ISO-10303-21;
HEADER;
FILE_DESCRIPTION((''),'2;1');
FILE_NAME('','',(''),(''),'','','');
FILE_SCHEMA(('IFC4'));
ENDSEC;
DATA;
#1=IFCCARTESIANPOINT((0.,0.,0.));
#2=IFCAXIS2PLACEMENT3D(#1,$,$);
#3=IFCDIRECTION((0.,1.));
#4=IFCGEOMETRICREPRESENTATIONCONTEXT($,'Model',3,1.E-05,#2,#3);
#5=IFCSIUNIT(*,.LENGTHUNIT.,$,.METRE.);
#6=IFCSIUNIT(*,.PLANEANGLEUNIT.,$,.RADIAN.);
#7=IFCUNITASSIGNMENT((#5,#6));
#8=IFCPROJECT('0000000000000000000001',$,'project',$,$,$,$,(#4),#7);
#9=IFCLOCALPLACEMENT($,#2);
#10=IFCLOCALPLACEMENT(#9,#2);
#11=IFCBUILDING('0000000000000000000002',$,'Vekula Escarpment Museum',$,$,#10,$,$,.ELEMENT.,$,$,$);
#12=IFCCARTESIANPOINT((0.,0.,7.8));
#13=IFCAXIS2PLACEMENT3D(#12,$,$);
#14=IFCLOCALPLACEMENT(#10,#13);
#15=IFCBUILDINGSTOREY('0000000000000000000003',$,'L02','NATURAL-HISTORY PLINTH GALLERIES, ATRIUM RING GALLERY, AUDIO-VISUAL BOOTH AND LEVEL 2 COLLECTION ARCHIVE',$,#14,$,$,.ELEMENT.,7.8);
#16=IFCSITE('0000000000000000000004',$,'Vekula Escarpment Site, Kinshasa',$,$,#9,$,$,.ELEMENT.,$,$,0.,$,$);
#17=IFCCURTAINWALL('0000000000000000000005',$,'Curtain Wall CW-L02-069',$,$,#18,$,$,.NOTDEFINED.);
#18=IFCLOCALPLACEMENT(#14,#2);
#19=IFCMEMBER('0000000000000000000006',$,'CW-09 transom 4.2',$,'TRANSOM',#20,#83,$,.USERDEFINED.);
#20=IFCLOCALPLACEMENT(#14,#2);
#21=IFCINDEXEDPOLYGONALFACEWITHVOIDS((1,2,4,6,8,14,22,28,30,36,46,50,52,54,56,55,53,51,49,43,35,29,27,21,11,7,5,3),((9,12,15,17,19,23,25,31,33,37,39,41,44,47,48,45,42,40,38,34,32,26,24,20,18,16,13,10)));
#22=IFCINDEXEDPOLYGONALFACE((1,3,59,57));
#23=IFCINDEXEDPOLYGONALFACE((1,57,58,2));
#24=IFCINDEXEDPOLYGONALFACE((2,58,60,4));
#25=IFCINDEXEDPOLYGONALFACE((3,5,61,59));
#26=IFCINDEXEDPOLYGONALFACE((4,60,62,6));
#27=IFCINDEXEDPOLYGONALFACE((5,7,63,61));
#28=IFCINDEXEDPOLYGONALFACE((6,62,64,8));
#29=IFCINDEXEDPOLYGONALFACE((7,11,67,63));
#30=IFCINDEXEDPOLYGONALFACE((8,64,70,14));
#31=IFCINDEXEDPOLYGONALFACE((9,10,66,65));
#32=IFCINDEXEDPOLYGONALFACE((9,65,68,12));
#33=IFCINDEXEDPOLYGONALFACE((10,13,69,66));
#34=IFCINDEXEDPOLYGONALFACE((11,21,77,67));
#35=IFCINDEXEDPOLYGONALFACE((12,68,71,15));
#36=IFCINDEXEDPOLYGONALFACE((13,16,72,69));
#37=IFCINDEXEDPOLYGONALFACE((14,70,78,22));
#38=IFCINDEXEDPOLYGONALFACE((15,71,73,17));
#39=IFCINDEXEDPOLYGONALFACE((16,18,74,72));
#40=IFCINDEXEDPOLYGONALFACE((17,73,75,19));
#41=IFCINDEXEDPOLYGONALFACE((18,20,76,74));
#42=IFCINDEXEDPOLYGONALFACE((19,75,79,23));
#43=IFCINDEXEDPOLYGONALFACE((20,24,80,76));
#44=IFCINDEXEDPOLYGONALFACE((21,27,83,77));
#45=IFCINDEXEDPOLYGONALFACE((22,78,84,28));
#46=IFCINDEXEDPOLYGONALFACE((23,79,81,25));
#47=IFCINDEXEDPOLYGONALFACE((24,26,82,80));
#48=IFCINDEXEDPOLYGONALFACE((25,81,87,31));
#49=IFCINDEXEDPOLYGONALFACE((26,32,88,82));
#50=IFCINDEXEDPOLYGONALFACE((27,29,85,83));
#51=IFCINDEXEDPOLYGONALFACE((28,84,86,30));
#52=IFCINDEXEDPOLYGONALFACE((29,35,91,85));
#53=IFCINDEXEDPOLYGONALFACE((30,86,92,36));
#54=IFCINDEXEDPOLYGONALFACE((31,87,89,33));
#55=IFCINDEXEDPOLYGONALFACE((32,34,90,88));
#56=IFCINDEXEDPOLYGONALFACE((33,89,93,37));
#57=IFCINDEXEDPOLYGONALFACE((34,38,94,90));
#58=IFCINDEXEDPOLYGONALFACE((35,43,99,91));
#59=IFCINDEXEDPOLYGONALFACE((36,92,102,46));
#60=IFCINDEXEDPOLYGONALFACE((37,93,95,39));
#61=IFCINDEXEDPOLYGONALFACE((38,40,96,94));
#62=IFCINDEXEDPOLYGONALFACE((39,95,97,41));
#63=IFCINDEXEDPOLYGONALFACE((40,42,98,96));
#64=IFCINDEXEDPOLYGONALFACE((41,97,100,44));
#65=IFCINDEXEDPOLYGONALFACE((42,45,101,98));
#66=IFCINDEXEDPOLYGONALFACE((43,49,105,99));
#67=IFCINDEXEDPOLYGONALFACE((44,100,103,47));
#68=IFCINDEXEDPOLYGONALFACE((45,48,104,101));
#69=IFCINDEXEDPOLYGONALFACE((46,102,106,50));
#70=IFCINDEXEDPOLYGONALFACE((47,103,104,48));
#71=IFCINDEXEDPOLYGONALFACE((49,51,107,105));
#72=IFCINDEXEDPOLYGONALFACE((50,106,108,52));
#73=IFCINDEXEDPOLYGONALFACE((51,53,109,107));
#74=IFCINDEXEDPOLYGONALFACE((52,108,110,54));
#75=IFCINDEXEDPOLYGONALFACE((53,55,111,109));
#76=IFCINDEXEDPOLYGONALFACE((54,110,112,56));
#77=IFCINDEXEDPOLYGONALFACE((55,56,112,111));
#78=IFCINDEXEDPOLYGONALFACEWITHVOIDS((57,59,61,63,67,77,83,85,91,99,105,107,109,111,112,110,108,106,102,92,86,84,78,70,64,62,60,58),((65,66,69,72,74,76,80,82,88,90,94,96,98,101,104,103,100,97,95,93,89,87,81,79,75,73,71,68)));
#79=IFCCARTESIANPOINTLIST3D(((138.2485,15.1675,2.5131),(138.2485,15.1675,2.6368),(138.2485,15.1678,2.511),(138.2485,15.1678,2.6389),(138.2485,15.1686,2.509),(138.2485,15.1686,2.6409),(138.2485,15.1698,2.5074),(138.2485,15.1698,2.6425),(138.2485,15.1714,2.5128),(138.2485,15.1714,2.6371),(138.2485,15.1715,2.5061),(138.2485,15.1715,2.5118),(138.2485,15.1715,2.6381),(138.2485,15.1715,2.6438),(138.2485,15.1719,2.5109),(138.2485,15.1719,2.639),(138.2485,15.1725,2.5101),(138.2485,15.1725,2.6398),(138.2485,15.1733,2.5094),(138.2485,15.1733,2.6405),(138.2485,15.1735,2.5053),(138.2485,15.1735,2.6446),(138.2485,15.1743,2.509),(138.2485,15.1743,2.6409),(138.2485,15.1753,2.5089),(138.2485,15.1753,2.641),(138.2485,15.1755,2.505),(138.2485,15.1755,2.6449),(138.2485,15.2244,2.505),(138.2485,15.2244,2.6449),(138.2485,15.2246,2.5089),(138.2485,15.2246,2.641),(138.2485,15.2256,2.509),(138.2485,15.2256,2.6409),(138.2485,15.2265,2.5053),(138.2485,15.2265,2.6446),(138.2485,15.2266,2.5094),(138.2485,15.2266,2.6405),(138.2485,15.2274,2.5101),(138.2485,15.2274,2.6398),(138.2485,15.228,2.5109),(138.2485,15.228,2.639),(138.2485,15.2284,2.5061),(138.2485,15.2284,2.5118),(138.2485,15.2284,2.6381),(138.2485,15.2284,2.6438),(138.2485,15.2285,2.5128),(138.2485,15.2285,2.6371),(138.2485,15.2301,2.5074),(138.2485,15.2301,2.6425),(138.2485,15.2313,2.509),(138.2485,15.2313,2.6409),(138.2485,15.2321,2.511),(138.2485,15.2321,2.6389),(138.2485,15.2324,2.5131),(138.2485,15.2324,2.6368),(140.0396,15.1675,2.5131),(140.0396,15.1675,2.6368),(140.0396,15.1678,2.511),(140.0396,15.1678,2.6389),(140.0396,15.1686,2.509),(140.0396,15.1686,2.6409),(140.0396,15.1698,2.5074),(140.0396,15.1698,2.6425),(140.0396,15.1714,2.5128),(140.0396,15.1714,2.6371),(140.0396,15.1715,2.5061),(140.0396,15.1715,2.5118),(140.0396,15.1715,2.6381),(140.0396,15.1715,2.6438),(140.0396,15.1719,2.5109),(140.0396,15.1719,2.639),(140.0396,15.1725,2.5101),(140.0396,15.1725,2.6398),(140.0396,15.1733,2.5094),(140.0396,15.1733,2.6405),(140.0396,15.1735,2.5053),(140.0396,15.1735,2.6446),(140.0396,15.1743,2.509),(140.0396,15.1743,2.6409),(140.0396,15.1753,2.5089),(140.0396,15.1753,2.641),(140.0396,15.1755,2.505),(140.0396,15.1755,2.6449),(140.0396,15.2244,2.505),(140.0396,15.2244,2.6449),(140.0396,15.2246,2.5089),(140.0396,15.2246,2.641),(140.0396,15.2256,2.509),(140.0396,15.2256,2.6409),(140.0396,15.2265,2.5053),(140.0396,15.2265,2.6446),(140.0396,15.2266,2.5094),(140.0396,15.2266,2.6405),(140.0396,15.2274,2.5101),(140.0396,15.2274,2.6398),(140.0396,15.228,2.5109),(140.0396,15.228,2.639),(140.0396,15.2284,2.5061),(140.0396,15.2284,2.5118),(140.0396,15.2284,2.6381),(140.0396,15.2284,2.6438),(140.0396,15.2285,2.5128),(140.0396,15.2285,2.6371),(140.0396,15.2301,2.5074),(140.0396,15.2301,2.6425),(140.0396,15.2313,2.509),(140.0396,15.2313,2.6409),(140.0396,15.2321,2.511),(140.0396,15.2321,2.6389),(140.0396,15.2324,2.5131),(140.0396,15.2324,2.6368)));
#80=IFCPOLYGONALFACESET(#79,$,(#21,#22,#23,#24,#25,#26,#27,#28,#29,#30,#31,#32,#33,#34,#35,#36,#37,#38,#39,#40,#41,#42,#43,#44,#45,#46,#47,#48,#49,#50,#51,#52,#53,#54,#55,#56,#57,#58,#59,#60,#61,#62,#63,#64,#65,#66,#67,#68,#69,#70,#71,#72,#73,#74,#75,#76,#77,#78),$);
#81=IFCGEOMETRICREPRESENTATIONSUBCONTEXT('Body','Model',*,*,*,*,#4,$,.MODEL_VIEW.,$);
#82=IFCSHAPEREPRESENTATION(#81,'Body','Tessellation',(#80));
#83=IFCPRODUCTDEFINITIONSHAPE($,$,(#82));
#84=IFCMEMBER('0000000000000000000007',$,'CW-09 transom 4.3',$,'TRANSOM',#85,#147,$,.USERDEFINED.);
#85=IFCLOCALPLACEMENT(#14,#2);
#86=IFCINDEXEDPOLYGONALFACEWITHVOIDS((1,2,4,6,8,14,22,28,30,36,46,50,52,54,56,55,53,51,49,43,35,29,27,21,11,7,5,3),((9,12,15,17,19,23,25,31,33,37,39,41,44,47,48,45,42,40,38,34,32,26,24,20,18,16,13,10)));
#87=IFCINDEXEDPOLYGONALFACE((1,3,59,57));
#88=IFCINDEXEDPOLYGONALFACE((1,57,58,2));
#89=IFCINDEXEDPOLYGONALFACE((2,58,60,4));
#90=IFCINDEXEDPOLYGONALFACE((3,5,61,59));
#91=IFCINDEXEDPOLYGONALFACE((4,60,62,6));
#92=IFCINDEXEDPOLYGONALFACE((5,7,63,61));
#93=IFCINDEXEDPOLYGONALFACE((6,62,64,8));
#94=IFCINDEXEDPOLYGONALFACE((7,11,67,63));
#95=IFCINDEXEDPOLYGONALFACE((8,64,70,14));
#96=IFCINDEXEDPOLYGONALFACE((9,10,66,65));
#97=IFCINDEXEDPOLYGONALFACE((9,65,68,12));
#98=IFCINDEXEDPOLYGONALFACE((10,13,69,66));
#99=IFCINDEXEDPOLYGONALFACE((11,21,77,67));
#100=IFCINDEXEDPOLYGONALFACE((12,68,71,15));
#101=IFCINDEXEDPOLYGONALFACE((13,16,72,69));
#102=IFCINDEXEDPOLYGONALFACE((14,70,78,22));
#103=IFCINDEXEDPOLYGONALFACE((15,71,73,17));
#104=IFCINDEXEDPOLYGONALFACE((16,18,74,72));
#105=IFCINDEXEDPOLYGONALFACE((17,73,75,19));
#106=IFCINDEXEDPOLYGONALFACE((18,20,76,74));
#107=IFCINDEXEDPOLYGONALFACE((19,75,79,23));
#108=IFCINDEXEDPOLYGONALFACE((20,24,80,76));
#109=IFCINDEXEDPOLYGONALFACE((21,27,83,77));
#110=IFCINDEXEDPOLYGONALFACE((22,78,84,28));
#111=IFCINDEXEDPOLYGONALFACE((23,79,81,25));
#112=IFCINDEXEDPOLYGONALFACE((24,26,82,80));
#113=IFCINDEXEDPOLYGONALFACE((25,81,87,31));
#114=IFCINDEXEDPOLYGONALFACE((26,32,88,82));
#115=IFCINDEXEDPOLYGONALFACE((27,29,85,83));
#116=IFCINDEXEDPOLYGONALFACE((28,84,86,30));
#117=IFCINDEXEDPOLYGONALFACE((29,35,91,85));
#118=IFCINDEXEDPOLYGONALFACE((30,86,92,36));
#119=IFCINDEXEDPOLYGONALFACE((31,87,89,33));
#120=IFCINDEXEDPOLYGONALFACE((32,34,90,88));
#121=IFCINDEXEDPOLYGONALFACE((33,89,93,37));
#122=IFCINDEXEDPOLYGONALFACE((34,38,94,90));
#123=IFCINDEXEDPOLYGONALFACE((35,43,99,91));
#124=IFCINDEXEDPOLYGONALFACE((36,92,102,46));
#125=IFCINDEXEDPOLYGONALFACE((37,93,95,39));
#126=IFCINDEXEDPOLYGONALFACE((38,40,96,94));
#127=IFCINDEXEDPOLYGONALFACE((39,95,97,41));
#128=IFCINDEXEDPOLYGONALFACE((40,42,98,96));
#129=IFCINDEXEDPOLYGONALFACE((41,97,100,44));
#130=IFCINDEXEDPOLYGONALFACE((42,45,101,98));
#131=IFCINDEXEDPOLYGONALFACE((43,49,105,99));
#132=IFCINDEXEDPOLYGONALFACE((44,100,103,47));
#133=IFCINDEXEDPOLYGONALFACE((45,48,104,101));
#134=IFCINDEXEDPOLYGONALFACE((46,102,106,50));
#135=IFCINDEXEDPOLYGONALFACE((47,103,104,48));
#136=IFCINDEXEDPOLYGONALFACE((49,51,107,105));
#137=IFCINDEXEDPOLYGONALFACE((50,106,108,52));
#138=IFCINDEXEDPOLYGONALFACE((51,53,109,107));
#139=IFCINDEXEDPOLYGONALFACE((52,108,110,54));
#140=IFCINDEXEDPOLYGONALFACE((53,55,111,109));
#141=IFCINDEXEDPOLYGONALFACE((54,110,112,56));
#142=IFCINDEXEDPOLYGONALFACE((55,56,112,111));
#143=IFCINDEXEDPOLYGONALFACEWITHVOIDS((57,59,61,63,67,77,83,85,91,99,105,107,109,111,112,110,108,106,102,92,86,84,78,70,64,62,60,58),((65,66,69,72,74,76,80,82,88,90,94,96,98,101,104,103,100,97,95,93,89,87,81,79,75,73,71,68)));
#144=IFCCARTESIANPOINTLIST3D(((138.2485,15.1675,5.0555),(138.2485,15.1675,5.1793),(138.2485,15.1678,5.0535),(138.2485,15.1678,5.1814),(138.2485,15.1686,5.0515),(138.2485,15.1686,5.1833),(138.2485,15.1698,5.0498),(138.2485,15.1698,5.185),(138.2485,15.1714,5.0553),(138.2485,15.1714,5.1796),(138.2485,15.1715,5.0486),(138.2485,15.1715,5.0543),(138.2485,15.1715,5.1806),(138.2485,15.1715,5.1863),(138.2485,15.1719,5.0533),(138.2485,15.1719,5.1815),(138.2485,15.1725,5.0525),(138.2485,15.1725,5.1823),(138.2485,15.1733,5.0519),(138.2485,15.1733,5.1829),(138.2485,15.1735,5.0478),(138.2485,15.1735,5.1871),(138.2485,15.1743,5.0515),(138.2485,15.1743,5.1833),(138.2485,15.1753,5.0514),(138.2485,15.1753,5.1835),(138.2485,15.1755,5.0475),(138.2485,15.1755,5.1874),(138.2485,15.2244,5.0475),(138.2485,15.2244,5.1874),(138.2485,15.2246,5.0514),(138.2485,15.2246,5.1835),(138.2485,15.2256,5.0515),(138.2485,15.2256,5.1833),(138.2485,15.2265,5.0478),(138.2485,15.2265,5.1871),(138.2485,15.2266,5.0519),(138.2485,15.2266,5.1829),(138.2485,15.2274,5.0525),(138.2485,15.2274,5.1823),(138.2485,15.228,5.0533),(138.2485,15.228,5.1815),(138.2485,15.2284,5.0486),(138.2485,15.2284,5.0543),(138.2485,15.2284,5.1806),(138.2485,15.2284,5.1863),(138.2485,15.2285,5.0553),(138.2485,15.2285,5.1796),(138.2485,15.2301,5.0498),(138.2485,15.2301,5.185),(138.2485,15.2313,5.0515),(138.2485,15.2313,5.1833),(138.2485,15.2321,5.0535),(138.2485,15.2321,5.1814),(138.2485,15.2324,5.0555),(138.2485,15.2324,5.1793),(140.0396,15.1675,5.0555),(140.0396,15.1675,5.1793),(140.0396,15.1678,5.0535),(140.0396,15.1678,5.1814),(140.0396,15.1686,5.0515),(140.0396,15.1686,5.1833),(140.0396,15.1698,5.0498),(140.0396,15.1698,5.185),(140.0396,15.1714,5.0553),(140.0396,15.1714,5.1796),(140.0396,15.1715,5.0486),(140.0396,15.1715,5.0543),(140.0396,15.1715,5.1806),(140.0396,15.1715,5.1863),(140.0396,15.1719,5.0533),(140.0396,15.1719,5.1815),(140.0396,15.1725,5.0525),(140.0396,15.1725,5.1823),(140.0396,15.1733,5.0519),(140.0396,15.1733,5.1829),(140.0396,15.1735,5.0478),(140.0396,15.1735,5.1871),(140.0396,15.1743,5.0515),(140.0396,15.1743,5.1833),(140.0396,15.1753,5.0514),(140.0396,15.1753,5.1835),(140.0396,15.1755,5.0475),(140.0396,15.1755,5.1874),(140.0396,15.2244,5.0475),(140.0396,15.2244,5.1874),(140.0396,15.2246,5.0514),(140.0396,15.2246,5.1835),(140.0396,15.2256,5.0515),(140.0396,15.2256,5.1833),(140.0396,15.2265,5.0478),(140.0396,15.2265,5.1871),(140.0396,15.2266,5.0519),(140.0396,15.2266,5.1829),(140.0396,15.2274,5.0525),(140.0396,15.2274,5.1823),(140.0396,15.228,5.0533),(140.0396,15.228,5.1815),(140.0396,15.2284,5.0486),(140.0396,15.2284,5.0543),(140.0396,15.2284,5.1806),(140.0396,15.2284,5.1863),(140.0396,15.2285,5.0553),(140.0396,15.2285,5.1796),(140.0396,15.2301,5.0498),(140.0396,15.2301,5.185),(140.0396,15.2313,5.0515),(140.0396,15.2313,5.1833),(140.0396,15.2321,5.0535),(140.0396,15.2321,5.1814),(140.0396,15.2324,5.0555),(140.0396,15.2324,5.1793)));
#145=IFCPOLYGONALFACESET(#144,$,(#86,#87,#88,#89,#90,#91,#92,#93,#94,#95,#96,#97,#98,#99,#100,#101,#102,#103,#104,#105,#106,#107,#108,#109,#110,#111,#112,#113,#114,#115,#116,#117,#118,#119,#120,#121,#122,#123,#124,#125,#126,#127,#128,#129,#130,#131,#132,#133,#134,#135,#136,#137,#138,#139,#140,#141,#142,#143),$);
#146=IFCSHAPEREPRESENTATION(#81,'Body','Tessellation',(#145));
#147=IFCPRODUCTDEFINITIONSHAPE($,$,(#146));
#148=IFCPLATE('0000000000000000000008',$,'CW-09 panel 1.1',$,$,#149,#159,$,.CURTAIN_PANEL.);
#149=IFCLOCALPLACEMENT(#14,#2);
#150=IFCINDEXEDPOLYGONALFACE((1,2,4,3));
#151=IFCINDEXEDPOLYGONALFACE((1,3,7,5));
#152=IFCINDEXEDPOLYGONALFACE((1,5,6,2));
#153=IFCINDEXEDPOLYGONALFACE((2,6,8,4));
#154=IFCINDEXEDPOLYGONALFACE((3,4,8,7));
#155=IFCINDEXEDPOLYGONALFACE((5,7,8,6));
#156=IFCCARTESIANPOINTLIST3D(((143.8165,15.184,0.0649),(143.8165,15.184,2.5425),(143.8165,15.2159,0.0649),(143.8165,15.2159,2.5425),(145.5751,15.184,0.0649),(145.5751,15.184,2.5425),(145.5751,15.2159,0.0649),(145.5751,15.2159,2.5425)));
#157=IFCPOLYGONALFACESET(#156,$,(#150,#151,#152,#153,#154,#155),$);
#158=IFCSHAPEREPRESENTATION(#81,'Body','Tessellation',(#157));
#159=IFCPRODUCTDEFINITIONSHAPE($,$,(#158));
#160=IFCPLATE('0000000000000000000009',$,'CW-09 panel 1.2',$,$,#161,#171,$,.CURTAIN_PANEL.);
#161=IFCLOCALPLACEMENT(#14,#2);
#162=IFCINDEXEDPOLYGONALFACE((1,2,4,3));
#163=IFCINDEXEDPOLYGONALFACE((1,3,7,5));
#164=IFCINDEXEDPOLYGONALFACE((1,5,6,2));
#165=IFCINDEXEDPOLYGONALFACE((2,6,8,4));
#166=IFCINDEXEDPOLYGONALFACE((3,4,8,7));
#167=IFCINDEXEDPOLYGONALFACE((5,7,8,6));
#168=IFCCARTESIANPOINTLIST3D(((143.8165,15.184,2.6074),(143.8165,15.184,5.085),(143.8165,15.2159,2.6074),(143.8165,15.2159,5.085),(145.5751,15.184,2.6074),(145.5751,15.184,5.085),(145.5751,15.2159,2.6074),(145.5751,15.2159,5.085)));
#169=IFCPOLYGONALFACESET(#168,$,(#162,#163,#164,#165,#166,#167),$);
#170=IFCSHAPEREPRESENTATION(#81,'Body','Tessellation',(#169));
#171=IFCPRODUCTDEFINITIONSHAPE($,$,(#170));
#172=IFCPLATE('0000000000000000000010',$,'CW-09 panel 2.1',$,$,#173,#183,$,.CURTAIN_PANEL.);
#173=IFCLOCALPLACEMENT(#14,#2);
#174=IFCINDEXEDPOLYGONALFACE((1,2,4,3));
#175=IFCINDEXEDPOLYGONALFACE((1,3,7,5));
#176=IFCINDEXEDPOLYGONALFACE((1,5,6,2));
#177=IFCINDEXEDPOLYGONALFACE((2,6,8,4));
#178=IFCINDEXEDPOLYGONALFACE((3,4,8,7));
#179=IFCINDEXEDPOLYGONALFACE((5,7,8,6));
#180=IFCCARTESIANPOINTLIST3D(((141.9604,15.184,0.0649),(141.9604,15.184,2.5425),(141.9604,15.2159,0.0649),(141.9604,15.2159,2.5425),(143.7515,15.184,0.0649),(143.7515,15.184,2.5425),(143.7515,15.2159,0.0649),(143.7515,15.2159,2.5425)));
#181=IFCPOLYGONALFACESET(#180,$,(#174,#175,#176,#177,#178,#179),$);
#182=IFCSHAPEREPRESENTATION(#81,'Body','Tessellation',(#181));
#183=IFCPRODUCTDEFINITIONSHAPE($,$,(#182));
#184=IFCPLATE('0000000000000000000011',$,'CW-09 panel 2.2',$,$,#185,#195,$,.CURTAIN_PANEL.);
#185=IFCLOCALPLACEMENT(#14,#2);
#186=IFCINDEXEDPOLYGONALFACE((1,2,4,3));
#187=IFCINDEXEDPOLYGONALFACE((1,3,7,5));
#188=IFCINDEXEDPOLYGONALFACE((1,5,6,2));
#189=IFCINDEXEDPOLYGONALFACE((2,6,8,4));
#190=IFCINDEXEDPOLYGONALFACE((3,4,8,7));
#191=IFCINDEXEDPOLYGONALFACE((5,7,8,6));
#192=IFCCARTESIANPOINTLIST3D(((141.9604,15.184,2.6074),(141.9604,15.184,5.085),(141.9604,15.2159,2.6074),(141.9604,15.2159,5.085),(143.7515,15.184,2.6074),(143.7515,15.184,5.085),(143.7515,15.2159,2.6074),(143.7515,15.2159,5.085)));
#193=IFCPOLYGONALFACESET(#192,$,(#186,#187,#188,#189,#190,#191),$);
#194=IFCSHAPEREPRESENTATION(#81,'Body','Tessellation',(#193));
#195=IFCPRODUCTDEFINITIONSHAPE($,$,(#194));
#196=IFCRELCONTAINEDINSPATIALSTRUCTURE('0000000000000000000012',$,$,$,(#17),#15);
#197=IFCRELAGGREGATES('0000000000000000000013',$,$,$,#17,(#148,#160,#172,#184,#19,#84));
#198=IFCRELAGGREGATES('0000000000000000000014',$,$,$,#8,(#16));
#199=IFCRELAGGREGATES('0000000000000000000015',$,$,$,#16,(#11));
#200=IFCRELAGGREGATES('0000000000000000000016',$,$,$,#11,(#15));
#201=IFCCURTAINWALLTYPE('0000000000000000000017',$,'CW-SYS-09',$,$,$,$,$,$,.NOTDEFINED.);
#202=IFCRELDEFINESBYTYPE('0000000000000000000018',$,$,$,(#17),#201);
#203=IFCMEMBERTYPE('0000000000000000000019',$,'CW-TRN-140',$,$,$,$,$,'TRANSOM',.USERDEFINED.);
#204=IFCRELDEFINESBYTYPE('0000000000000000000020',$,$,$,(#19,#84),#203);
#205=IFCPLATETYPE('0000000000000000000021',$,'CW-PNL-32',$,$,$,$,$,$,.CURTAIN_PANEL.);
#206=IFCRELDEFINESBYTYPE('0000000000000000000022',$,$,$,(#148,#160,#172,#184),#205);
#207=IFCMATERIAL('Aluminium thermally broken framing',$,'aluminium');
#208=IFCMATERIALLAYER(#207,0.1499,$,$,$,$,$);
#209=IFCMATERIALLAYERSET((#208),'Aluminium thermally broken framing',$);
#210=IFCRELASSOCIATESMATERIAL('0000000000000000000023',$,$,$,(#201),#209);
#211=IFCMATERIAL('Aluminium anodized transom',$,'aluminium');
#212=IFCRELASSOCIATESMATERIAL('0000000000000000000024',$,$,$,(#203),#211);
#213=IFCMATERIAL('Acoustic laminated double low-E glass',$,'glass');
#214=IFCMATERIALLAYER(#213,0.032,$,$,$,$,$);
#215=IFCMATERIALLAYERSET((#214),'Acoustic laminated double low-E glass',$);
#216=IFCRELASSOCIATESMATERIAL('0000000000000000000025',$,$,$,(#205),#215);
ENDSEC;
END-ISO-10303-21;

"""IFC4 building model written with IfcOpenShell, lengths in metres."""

from ifc_helpers import new_model, si_unit, direction, frame, origin, origin_2d, place, context, subcontext, project, spatial, rectangle, hollow_rectangle, extrude, material, layer, layer_set, material_profile, profile_set, type_object, element, aggregate, save


model = new_model("IFC4")

# Units and contexts
model_context = context("Model", 3, precision=1e-05, world=origin(), true_north=direction((0.0, 1.0)))
body_context = subcontext(model_context, "Body", "Model", "MODEL_VIEW")
ifc_project = project(units=[si_unit("LENGTHUNIT", "METRE"), si_unit("PLANEANGLEUNIT", "RADIAN")], contexts=[model_context])

# Site, building, storey
site_placement = place(None, origin())
site = spatial("IfcSite", under=ifc_project, at=site_placement, Name="Vekula Escarpment Site, Kinshasa", CompositionType="ELEMENT", RefElevation=0.0)
building_placement = place(site_placement, origin())
building = spatial("IfcBuilding", under=site, at=building_placement, Name="Vekula Escarpment Museum", CompositionType="ELEMENT")
storey_placement = place(building_placement, frame((0.0, 0.0, 7.8)))
storey = spatial("IfcBuildingStorey", under=building, at=storey_placement, Name="L02", Description="NATURAL-HISTORY PLINTH GALLERIES, ATRIUM RING GALLERY, AUDIO-VISUAL BOOTH AND LEVEL 2 COLLECTION ARCHIVE", CompositionType="ELEMENT", Elevation=7.8)

# Curtain wall, members, plates
ifc_material_1 = material(Name="Aluminium thermally broken framing", Category="aluminium")
ifc_layer_1 = layer(ifc_material_1, 0.1499)
ifc_layer_set_1 = layer_set([ifc_layer_1], Name="Aluminium thermally broken framing")
curtain_wall_type = type_object("IfcCurtainWallType", Name="CW-SYS-09", PredefinedType="NOTDEFINED", material=ifc_layer_set_1)
curtain_wall_placement = place(storey_placement, origin())
curtain_wall = element("IfcCurtainWall", 1, at=curtain_wall_placement, inside=storey, type_object=curtain_wall_type, Name="Curtain Wall CW-L02-069", PredefinedType="NOTDEFINED")
ifc_material_2 = material(Name="Aluminium anodized transom", Category="aluminium")
ifc_material_profile_1 = material_profile(ifc_material_2, hollow_rectangle(XDim=0.0649, YDim=0.1399, WallThickness=0.0039, InnerFilletRadius=0.0039, OuterFilletRadius=0.0081, at=origin_2d()), Name="ALU 140x65x4")
ifc_profile_set_1 = profile_set([ifc_material_profile_1], Name="Aluminium anodized transom")
member_type_1 = type_object("IfcMemberType", Name="CW-TRN-140", ElementType="TRANSOM", PredefinedType="USERDEFINED", material=ifc_profile_set_1)
member_1_placement = place(storey_placement, frame((140.0396, 15.2, 2.575), z_axis=(-1.0, 0.0, 0.0), x_axis=(0.0, -1.0, 0.0)))
member_1 = element("IfcMember", 2, at=member_1_placement, type_object=member_type_1, Name="CW-09 transom 4.2", ObjectType="TRANSOM", PredefinedType="USERDEFINED", context=body_context, shape_type="SweptSolid", body=[
    extrude(hollow_rectangle(XDim=0.0649, YDim=0.1399, WallThickness=0.0039, InnerFilletRadius=0.0039, OuterFilletRadius=0.0081, at=origin_2d()), origin(), (0.0, 0.0, 1.0), 1.791),
])
member_2_placement = place(storey_placement, frame((140.0396, 15.2, 5.1174), z_axis=(-1.0, 0.0, 0.0), x_axis=(0.0, -1.0, 0.0)))
member_2 = element("IfcMember", 3, at=member_2_placement, type_object=member_type_1, Name="CW-09 transom 4.3", ObjectType="TRANSOM", PredefinedType="USERDEFINED", context=body_context, shape_type="SweptSolid", body=[
    extrude(hollow_rectangle(XDim=0.0649, YDim=0.1399, WallThickness=0.0039, InnerFilletRadius=0.0039, OuterFilletRadius=0.0081, at=origin_2d()), origin(), (0.0, 0.0, 1.0), 1.791),
])
ifc_material_3 = material(Name="Acoustic laminated double low-E glass", Category="glass")
ifc_layer_2 = layer(ifc_material_3, 0.032)
ifc_layer_set_2 = layer_set([ifc_layer_2], Name="Acoustic laminated double low-E glass")
plate_type_1 = type_object("IfcPlateType", Name="CW-PNL-32", PredefinedType="CURTAIN_PANEL", material=ifc_layer_set_2)
plate_1_placement = place(storey_placement, frame((144.6958, 15.2, 0.0649), z_axis=(0.0, 0.0, 1.0), x_axis=(-1.0, 0.0, 0.0)))
plate_1 = element("IfcPlate", 4, at=plate_1_placement, type_object=plate_type_1, Name="CW-09 panel 1.1", PredefinedType="CURTAIN_PANEL", context=body_context, shape_type="SweptSolid", body=[
    extrude(rectangle(XDim=1.7585, YDim=0.032, at=origin_2d()), origin(), (0.0, 0.0, 1.0), 2.4775),
])
plate_2_placement = place(storey_placement, frame((144.6958, 15.2, 2.6074), z_axis=(0.0, 0.0, 1.0), x_axis=(-1.0, 0.0, 0.0)))
plate_2 = element("IfcPlate", 5, at=plate_2_placement, type_object=plate_type_1, Name="CW-09 panel 1.2", PredefinedType="CURTAIN_PANEL", context=body_context, shape_type="SweptSolid", body=[
    extrude(rectangle(XDim=1.7585, YDim=0.032, at=origin_2d()), origin(), (0.0, 0.0, 1.0), 2.4775),
])
plate_3_placement = place(storey_placement, frame((142.856, 15.2, 0.0649), z_axis=(0.0, 0.0, 1.0), x_axis=(-1.0, 0.0, 0.0)))
plate_3 = element("IfcPlate", 6, at=plate_3_placement, type_object=plate_type_1, Name="CW-09 panel 2.1", PredefinedType="CURTAIN_PANEL", context=body_context, shape_type="SweptSolid", body=[
    extrude(rectangle(XDim=1.791, YDim=0.032, at=origin_2d()), origin(), (0.0, 0.0, 1.0), 2.4775),
])
plate_4_placement = place(storey_placement, frame((142.856, 15.2, 2.6074), z_axis=(0.0, 0.0, 1.0), x_axis=(-1.0, 0.0, 0.0)))
plate_4 = element("IfcPlate", 7, at=plate_4_placement, type_object=plate_type_1, Name="CW-09 panel 2.2", PredefinedType="CURTAIN_PANEL", context=body_context, shape_type="SweptSolid", body=[
    extrude(rectangle(XDim=1.791, YDim=0.032, at=origin_2d()), origin(), (0.0, 0.0, 1.0), 2.4775),
])
aggregate(curtain_wall, [plate_1, plate_2, plate_3, plate_4, member_1, member_2])

save(model, "model.ifc")
